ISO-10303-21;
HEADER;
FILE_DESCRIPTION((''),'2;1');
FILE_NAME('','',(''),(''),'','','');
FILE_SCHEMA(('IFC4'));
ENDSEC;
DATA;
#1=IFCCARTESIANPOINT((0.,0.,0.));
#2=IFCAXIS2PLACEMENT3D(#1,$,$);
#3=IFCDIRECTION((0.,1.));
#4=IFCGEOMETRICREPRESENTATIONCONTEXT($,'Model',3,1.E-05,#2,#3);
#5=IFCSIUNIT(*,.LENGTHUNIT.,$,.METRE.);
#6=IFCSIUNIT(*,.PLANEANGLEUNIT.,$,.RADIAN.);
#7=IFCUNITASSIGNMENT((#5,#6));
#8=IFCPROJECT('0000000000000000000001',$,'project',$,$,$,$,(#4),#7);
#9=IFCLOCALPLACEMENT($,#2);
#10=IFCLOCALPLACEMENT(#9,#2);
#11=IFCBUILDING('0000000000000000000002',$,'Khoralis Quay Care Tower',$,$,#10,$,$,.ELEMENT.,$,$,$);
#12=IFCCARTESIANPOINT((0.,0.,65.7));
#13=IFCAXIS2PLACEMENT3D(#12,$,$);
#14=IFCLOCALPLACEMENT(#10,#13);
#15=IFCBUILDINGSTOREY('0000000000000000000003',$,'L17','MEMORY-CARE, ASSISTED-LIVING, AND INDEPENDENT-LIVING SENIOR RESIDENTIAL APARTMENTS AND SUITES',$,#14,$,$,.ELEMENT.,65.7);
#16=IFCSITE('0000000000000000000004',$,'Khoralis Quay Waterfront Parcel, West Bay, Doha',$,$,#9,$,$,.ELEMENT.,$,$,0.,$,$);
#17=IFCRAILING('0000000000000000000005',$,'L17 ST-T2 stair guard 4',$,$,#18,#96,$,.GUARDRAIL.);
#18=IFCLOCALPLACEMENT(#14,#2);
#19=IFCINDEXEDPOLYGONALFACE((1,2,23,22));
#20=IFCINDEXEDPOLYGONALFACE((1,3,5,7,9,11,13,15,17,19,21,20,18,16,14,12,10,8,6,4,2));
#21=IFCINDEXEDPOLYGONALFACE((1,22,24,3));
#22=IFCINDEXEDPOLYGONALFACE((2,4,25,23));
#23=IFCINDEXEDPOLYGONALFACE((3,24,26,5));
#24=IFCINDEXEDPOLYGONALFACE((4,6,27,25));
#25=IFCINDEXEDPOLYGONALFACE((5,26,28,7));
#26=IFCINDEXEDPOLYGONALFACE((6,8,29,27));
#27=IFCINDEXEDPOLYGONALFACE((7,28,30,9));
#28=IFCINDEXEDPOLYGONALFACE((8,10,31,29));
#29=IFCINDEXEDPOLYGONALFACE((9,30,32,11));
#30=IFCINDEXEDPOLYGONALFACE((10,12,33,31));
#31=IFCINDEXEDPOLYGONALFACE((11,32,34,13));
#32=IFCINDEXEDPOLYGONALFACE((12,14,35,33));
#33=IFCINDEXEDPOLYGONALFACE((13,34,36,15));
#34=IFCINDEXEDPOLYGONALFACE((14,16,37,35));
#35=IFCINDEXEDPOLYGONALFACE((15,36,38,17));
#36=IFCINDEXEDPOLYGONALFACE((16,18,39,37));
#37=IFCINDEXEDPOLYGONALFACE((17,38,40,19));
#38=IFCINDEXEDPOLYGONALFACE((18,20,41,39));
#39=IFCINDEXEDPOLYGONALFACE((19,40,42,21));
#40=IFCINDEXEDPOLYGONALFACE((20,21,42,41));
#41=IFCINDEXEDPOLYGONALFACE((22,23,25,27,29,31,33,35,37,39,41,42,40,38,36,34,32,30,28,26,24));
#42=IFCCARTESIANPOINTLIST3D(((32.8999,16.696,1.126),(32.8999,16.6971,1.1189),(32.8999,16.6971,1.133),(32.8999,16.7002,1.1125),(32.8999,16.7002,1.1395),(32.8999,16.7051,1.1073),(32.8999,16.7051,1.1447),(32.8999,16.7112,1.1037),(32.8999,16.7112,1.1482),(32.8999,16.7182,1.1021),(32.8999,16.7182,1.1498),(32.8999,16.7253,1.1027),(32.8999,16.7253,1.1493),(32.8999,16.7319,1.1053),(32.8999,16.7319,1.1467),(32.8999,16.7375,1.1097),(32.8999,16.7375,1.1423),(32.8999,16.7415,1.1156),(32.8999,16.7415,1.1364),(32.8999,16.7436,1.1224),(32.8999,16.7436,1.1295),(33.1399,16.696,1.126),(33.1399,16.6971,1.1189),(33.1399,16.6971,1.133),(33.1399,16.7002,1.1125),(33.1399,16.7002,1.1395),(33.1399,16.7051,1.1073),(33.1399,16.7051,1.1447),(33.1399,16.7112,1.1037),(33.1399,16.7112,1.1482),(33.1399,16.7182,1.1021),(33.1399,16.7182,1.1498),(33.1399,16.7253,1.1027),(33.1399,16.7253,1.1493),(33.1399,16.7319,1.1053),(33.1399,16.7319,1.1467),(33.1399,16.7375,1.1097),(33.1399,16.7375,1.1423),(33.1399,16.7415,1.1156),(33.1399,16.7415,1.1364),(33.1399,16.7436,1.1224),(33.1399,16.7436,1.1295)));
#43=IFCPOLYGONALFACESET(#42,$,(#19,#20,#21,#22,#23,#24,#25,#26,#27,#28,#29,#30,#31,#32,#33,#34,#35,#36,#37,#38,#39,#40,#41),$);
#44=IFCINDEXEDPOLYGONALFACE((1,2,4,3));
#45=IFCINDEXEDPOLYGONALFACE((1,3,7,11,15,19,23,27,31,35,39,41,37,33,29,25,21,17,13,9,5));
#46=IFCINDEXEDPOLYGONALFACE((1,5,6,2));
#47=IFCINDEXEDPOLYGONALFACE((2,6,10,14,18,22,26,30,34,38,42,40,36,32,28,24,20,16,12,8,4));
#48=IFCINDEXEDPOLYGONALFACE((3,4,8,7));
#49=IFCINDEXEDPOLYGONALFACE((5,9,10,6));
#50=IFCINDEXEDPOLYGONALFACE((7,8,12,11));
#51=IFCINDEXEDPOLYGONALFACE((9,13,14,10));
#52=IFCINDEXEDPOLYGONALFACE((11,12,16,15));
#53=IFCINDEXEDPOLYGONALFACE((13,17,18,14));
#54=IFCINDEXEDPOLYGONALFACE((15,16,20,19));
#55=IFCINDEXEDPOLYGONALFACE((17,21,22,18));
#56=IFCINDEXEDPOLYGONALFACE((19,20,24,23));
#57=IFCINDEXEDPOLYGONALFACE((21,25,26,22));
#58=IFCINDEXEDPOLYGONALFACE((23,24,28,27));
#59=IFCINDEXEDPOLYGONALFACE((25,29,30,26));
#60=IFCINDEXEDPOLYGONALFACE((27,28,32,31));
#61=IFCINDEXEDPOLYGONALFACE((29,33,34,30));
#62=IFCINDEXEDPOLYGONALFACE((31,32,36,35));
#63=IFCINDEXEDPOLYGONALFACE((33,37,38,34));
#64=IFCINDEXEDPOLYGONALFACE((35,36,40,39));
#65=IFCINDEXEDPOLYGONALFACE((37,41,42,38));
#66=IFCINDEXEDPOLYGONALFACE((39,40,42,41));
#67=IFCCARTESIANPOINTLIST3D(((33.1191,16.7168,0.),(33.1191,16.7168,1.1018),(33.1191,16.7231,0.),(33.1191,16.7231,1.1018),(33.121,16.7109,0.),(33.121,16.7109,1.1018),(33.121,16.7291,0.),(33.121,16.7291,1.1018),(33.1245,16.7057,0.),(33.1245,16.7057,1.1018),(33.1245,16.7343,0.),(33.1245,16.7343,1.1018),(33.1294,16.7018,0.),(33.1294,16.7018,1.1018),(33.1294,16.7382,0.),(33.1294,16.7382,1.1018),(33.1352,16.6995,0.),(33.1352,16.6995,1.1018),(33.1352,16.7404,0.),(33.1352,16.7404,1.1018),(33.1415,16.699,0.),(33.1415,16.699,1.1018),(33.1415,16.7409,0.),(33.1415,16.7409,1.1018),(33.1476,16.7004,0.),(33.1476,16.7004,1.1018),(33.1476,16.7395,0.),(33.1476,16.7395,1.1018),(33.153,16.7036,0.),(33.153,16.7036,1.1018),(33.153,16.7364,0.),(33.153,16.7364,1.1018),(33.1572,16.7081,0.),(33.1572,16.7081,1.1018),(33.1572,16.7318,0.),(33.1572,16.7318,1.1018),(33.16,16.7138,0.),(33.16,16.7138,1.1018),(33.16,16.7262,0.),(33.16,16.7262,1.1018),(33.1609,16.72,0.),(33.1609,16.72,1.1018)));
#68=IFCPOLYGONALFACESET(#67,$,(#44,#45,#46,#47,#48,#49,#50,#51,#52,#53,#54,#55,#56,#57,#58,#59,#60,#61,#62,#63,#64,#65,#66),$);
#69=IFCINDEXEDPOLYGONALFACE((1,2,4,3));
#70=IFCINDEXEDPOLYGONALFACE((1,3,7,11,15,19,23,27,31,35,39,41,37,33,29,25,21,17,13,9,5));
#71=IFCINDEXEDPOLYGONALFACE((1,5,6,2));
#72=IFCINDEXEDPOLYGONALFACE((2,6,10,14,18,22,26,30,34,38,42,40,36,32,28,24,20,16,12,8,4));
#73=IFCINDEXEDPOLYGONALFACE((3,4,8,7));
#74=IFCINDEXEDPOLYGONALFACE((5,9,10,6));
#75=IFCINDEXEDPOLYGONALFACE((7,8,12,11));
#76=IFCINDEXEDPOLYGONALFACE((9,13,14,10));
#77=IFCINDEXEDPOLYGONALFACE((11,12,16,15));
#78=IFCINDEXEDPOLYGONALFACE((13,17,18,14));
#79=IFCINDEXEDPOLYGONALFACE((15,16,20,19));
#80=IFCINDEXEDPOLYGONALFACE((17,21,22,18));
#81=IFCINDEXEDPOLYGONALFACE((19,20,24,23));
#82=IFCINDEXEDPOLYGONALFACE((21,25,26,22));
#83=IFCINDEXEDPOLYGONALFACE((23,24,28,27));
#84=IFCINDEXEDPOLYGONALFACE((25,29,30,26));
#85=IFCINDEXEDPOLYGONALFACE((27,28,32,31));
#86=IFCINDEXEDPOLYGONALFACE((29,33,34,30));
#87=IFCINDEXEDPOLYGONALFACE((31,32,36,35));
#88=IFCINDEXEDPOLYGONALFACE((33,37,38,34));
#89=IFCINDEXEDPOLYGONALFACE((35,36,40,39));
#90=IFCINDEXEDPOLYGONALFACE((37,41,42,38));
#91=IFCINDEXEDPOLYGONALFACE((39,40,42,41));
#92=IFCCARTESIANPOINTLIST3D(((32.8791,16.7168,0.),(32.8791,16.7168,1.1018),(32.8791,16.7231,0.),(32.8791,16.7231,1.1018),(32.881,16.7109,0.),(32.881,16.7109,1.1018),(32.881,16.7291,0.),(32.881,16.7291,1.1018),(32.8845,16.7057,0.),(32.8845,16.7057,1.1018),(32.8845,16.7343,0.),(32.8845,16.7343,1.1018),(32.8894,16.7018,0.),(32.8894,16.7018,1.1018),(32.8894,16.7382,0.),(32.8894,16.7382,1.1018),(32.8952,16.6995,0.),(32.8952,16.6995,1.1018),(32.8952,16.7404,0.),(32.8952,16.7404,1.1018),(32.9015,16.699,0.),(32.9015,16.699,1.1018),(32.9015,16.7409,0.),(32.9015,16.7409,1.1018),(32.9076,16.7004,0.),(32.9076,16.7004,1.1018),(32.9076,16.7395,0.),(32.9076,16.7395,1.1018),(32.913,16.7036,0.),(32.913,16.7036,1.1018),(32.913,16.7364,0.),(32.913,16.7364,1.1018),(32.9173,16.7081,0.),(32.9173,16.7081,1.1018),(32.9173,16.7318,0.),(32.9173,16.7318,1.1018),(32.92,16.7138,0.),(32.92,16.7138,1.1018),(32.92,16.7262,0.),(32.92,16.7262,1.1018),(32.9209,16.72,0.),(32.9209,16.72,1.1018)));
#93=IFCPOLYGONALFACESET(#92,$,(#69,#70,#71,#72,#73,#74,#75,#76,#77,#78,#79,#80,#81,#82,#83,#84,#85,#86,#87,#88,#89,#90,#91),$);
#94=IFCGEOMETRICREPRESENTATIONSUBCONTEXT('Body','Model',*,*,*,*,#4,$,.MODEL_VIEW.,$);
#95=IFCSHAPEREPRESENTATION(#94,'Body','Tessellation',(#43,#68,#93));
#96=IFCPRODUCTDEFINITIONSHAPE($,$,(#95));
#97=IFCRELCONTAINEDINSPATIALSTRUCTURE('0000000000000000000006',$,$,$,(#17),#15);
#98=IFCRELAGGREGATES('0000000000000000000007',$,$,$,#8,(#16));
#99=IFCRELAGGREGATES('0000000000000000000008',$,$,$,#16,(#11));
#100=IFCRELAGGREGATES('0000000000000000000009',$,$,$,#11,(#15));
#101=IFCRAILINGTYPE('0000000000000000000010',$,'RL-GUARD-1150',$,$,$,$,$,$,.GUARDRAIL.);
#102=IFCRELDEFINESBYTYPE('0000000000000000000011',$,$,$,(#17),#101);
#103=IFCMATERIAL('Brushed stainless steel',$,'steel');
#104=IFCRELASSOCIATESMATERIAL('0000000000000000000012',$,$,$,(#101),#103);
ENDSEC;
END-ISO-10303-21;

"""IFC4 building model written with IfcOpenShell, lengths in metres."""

from ifc_helpers import new_model, si_unit, direction, frame, origin, origin_2d, place, context, subcontext, project, spatial, circle, extrude, material, type_object, element, save


model = new_model("IFC4")

# Units and contexts
model_context = context("Model", 3, precision=1e-05, world=origin(), true_north=direction((0.0, 1.0)))
body_context = subcontext(model_context, "Body", "Model", "MODEL_VIEW")
ifc_project = project(units=[si_unit("LENGTHUNIT", "METRE"), si_unit("PLANEANGLEUNIT", "RADIAN")], contexts=[model_context])

# Site, building, storey
site_placement = place(None, origin())
site = spatial("IfcSite", under=ifc_project, at=site_placement, Name="Khoralis Quay Waterfront Parcel, West Bay, Doha", CompositionType="ELEMENT", RefElevation=0.0)
building_placement = place(site_placement, origin())
building = spatial("IfcBuilding", under=site, at=building_placement, Name="Khoralis Quay Care Tower", CompositionType="ELEMENT")
storey_placement = place(building_placement, frame((0.0, 0.0, 65.7)))
storey = spatial("IfcBuildingStorey", under=building, at=storey_placement, Name="L17", Description="MEMORY-CARE, ASSISTED-LIVING, AND INDEPENDENT-LIVING SENIOR RESIDENTIAL APARTMENTS AND SUITES", CompositionType="ELEMENT", Elevation=65.7)

# Shared definitions
ifc_material_1 = material(Name="Brushed stainless steel", Category="steel")

# Railing
railing_type_1 = type_object("IfcRailingType", Name="RL-GUARD-1150", PredefinedType="GUARDRAIL", material=ifc_material_1)
railing_1_placement = place(storey_placement, frame((33.1399, 16.72, 0.0)))
element("IfcRailing", 1, at=railing_1_placement, inside=storey, type_object=railing_type_1, Name="L17 ST-T2 stair guard 4", PredefinedType="GUARDRAIL", context=body_context, shape_type="SweptSolid", body=[
    extrude(circle(Radius=0.0239, at=origin_2d()), frame((0.0, 0.0, 1.126), z_axis=(-1.0, 0.0, 0.0), x_axis=(0.0, -1.0, 0.0)), (0.0, 0.0, 1.0), 0.24),
    extrude(circle(Radius=0.021, at=origin_2d()), origin(), (0.0, 0.0, 1.0), 1.1018),
    extrude(circle(Radius=0.021, at=origin_2d()), frame((-0.24, 0.0, 0.0)), (0.0, 0.0, 1.0), 1.1018),
])

save(model, "model.ifc")
